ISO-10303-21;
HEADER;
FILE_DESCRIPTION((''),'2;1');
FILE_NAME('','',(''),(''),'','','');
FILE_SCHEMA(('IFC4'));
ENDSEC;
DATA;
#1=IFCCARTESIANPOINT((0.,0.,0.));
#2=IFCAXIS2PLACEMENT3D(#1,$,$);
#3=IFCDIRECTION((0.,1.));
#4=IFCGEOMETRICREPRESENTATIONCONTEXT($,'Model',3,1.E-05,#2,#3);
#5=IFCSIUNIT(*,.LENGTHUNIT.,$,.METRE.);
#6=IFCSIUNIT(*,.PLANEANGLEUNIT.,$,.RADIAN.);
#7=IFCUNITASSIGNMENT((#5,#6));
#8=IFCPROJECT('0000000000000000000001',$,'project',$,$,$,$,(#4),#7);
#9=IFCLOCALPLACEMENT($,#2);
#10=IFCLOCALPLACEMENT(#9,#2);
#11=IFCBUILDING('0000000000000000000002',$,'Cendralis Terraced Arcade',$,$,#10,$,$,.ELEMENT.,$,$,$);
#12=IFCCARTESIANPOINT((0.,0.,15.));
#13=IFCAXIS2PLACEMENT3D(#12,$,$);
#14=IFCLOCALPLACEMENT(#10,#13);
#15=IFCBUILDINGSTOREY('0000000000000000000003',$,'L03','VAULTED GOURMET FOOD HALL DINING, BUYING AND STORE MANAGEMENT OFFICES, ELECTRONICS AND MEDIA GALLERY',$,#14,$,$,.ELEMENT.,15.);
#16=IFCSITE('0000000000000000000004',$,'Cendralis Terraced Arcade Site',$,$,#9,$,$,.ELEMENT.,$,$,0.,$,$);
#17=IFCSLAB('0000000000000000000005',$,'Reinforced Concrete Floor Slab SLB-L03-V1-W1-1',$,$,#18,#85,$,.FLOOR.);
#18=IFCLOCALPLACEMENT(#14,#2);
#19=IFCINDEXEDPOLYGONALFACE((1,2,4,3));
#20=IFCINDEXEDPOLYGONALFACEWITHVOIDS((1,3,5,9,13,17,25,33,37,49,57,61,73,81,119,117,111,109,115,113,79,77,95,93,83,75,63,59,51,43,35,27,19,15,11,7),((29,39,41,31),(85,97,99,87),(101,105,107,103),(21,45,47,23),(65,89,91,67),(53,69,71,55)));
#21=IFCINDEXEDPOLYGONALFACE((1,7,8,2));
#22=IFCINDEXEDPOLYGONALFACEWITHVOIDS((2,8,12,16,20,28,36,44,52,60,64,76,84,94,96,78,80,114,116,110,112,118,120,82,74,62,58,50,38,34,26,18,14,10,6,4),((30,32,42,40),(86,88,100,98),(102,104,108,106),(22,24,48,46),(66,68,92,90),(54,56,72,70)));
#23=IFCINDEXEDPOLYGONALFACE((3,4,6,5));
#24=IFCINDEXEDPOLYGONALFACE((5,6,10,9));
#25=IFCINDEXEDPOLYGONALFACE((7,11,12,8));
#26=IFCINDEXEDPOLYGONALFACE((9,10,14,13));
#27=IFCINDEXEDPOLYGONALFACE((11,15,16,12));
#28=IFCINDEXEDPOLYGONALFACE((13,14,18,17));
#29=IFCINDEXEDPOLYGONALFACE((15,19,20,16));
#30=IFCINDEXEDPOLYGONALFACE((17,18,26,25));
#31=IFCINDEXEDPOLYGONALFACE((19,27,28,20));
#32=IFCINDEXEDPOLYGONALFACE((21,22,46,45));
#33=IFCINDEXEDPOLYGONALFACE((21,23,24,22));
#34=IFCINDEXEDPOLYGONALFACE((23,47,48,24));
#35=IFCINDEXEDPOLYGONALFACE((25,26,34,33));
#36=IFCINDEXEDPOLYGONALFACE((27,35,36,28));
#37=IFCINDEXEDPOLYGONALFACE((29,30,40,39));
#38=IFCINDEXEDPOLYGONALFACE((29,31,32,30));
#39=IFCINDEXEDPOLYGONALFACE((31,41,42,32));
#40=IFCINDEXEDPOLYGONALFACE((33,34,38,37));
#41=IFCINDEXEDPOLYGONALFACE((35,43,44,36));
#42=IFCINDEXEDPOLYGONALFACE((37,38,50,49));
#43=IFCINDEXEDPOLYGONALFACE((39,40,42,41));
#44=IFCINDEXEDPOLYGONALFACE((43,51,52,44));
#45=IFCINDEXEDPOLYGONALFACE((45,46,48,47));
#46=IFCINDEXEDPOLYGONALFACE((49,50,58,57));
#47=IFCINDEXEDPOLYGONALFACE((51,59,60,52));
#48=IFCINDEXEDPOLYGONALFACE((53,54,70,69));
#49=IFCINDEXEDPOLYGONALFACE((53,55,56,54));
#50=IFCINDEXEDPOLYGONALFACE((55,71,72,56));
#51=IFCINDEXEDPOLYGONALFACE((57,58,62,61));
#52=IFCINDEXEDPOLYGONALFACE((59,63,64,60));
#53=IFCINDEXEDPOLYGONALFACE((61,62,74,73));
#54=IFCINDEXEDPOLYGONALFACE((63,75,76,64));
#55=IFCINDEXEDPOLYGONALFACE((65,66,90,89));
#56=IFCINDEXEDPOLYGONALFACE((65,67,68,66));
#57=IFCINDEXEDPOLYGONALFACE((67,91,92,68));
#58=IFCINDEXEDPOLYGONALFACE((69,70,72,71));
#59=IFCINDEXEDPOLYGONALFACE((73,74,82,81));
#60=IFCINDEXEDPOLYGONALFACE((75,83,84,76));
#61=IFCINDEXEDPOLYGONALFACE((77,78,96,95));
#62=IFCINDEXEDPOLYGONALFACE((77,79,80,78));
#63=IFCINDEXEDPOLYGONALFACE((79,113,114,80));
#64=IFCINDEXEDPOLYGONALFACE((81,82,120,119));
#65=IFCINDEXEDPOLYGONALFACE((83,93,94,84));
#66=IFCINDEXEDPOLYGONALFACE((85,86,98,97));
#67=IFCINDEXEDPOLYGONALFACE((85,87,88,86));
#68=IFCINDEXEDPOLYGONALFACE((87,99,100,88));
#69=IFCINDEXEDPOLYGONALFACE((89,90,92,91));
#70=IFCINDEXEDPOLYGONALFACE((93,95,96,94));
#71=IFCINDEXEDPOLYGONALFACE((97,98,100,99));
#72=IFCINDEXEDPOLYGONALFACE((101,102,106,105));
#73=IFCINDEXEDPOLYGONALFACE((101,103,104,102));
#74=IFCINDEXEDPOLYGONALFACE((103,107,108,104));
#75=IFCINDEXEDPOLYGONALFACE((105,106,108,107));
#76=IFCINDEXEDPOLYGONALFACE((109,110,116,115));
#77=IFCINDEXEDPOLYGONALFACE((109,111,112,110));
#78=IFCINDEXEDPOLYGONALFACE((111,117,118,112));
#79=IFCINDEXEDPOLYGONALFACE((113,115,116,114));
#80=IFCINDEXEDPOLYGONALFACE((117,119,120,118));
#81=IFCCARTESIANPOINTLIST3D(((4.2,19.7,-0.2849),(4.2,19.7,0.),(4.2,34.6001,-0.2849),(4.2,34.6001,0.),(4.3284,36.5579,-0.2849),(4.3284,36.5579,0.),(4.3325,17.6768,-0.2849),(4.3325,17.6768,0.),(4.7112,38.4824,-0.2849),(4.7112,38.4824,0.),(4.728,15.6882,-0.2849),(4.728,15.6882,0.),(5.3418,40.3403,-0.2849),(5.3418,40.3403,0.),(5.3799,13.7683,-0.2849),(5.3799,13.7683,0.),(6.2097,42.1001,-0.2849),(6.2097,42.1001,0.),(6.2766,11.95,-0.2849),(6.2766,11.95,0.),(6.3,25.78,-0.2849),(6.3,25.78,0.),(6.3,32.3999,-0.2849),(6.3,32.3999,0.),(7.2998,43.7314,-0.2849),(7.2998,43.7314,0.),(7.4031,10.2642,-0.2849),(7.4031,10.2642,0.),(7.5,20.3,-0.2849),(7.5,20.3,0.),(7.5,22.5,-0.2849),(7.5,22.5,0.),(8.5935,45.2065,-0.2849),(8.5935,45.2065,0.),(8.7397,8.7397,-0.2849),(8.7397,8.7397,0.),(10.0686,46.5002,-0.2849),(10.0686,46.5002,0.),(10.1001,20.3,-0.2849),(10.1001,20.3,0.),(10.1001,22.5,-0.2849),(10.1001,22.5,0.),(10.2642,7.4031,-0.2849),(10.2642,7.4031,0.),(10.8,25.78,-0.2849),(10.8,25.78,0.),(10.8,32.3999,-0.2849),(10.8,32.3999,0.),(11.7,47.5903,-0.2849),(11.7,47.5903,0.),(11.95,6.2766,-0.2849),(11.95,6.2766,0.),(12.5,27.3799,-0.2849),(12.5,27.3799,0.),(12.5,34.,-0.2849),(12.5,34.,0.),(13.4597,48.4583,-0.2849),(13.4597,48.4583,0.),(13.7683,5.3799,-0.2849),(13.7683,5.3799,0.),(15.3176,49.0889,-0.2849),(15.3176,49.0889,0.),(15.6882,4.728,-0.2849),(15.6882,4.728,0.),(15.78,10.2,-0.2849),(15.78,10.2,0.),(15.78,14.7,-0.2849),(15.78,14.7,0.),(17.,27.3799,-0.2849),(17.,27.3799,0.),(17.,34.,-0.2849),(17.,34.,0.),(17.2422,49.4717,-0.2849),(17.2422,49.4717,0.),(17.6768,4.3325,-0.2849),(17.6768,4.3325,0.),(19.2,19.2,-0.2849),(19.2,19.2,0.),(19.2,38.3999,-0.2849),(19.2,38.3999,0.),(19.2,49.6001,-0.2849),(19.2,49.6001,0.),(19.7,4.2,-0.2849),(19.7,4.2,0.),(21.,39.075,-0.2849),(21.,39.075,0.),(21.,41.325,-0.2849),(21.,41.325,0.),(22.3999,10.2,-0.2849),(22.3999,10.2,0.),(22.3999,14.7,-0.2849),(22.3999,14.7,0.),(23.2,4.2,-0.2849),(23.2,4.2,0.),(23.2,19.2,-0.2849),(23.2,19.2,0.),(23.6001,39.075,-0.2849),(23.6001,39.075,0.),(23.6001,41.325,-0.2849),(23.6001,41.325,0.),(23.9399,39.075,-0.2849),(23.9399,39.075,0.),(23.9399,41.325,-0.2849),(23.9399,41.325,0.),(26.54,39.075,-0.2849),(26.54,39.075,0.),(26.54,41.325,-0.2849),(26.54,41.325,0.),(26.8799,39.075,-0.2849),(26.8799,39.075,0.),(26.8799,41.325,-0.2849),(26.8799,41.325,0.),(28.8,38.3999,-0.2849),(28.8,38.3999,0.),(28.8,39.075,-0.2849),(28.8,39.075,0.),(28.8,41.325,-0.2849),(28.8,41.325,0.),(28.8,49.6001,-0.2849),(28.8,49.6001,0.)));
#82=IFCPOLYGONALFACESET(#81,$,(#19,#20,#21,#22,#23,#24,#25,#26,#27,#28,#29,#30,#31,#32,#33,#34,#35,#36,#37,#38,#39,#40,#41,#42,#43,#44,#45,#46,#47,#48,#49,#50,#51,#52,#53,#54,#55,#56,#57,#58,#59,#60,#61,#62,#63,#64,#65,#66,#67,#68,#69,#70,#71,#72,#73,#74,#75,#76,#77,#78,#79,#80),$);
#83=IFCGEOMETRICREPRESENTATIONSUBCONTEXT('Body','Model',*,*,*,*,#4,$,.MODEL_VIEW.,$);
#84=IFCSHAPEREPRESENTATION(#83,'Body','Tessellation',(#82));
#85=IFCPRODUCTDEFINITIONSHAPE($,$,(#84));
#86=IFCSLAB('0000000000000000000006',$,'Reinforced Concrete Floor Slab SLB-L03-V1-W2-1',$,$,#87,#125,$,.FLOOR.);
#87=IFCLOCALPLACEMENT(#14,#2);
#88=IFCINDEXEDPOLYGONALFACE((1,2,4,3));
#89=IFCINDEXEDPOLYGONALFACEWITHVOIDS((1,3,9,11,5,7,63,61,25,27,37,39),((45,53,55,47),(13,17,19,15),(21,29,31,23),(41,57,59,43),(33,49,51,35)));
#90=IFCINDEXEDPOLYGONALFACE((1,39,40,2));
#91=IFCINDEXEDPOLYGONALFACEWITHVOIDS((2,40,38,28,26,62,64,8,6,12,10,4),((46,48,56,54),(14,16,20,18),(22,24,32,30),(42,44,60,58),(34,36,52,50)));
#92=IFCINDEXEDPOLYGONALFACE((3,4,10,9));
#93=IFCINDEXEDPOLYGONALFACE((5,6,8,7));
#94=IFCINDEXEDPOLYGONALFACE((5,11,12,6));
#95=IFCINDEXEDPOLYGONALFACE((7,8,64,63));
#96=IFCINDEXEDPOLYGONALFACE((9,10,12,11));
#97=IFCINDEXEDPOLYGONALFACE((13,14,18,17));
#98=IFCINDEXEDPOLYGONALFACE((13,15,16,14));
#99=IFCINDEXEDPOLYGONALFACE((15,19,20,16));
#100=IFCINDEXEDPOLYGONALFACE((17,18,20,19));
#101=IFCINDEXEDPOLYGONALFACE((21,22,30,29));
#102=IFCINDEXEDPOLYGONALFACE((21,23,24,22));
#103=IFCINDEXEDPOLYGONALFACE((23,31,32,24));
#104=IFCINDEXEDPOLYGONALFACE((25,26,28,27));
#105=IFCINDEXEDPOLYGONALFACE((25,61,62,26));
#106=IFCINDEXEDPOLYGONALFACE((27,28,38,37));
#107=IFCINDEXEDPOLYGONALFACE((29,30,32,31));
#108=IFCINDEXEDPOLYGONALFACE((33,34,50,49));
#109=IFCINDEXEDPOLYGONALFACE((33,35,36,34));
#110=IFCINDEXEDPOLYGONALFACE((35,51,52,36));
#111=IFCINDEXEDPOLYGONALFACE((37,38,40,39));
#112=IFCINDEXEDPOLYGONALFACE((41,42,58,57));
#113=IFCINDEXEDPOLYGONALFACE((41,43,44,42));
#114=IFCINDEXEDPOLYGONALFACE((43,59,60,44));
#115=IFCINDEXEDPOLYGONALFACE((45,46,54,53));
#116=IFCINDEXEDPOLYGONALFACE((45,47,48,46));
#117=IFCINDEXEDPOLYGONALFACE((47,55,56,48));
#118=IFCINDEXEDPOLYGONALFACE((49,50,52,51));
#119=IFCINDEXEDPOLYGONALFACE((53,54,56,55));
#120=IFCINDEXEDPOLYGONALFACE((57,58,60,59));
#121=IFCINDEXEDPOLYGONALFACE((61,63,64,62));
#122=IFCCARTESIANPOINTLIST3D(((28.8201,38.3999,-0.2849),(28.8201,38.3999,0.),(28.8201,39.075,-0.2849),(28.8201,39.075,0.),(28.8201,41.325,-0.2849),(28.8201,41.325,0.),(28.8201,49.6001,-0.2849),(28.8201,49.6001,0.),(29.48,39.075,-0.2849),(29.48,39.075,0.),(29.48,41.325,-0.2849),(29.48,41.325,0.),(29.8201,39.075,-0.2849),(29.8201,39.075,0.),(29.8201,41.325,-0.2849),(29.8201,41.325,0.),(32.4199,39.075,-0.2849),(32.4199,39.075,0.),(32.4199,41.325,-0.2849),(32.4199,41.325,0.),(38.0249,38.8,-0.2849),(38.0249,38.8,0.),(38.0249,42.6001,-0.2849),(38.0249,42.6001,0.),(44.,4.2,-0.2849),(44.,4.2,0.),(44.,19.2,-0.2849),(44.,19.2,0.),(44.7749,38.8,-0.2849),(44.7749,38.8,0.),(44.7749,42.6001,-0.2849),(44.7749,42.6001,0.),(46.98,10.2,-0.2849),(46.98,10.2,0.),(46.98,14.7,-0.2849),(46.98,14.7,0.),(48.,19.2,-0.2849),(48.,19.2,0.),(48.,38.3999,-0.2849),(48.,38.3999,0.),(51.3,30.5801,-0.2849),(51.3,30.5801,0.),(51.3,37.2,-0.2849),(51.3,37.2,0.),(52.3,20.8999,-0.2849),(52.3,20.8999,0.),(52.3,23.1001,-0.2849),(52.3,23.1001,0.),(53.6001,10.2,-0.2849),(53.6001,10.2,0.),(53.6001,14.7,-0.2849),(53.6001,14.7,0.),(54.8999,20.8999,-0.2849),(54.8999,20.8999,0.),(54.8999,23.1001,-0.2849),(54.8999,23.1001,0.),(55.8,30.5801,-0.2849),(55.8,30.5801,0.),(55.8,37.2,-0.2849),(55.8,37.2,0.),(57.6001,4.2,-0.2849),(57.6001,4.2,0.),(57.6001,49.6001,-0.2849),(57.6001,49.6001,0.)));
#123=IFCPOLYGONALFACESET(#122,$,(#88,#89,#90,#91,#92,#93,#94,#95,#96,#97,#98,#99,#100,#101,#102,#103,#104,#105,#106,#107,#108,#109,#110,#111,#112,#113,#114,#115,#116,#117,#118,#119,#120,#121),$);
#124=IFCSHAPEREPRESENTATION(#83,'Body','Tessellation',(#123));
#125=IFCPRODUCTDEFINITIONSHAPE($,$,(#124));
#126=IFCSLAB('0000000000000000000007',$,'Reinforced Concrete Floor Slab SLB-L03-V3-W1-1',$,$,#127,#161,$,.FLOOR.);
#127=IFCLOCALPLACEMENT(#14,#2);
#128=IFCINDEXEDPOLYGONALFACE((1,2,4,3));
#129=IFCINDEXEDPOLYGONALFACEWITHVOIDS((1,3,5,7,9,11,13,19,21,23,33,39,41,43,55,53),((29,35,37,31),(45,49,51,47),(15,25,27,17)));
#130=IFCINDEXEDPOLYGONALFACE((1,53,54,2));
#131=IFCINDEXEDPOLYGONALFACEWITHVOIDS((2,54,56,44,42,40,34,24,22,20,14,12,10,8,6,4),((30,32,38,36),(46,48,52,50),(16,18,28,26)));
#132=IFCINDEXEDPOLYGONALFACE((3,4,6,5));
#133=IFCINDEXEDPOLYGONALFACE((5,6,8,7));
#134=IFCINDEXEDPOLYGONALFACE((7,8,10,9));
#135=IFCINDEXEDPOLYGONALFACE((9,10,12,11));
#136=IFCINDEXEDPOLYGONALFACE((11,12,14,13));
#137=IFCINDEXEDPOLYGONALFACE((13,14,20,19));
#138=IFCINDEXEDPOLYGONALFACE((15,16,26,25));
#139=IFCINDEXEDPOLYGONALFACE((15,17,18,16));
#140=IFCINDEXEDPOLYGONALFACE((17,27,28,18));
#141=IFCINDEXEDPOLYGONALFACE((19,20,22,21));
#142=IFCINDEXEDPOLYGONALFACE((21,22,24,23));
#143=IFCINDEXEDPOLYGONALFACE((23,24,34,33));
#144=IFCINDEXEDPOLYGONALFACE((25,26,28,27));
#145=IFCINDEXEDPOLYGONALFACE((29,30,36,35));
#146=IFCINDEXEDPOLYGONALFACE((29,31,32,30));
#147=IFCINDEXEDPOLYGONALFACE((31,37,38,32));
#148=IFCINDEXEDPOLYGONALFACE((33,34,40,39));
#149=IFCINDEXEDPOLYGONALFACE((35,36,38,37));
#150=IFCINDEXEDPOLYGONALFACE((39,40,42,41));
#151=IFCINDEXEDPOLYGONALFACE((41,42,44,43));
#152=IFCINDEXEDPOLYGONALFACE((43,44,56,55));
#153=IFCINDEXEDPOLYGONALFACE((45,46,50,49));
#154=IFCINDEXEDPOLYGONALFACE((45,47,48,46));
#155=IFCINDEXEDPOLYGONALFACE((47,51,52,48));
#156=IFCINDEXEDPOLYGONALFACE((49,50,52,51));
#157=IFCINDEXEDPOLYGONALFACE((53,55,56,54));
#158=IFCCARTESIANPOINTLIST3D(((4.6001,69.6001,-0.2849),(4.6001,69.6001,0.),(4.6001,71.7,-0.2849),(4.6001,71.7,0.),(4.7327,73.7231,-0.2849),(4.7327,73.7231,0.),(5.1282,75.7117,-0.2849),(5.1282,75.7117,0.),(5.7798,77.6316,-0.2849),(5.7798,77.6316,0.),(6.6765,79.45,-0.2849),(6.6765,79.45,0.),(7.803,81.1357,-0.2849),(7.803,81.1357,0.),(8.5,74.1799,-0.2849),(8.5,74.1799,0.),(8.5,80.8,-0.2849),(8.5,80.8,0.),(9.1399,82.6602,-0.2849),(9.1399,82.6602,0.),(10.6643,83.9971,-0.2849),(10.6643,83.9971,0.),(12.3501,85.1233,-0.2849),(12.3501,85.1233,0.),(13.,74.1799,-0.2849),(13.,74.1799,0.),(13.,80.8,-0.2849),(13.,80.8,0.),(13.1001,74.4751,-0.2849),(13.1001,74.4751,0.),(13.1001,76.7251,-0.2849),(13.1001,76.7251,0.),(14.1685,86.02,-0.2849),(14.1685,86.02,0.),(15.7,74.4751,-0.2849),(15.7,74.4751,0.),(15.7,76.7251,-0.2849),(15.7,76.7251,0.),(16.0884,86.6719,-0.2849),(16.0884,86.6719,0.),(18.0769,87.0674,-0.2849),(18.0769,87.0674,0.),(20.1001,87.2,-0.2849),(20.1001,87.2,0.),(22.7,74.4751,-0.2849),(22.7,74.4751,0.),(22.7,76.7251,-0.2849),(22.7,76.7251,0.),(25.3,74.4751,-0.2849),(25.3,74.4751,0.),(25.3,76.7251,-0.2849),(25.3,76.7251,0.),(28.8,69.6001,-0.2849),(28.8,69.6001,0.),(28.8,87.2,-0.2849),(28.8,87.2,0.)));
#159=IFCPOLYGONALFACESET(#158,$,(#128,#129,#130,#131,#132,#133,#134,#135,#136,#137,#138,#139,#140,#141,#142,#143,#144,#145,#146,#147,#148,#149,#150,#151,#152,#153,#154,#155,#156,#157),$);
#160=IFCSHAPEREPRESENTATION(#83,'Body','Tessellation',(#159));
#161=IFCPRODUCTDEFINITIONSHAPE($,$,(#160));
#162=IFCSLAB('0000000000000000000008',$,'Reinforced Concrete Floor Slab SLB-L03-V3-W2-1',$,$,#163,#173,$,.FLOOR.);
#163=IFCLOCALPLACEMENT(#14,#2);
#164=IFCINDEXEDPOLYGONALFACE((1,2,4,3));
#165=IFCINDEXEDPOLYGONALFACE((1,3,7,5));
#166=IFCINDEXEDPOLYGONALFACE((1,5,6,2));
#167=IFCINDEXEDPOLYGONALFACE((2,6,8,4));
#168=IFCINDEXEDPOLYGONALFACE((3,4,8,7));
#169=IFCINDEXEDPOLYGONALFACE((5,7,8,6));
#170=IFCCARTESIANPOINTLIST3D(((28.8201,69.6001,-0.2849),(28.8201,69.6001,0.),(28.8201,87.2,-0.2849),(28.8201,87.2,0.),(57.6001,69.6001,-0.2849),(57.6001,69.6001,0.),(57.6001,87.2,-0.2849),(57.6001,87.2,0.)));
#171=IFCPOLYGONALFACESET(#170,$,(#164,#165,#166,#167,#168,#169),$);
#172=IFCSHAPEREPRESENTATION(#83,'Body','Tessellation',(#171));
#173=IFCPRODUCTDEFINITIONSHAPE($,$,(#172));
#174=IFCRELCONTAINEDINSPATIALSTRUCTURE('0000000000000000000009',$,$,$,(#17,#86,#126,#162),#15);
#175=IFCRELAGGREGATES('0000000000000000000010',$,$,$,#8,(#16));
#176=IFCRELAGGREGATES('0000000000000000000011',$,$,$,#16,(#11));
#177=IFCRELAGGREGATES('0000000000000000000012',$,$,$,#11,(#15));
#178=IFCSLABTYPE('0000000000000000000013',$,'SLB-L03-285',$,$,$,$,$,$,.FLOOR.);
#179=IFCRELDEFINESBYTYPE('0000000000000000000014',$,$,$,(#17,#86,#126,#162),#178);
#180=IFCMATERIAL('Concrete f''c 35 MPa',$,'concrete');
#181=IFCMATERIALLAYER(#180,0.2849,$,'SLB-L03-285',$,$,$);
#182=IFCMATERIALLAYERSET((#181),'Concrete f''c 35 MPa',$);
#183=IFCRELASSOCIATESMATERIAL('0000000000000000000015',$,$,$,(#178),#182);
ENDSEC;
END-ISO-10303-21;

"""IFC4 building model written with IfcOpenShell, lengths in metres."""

from ifc_helpers import new_model, si_unit, direction, frame, origin, place, context, subcontext, project, spatial, polyline, outline, extrude, material, layer, layer_set, type_object, element, save


model = new_model("IFC4")

# Units and contexts
model_context = context("Model", 3, precision=1e-05, world=origin(), true_north=direction((0.0, 1.0)))
body_context = subcontext(model_context, "Body", "Model", "MODEL_VIEW")
ifc_project = project(units=[si_unit("LENGTHUNIT", "METRE"), si_unit("PLANEANGLEUNIT", "RADIAN")], contexts=[model_context])

# Site, building, storey
site_placement = place(None, origin())
site = spatial("IfcSite", under=ifc_project, at=site_placement, Name="Cendralis Terraced Arcade Site", CompositionType="ELEMENT", RefElevation=0.0)
building_placement = place(site_placement, origin())
building = spatial("IfcBuilding", under=site, at=building_placement, Name="Cendralis Terraced Arcade", CompositionType="ELEMENT")
storey_placement = place(building_placement, frame((0.0, 0.0, 15.0)))
storey = spatial("IfcBuildingStorey", under=building, at=storey_placement, Name="L03", Description="VAULTED GOURMET FOOD HALL DINING, BUYING AND STORE MANAGEMENT OFFICES, ELECTRONICS AND MEDIA GALLERY", CompositionType="ELEMENT", Elevation=15.0)

# Slabs
ifc_material_1 = material(Name="Concrete f'c 35 MPa", Category="concrete")
ifc_layer_1 = layer(ifc_material_1, 0.2849, Name="SLB-L03-285")
ifc_layer_set_1 = layer_set([ifc_layer_1], Name="Concrete f'c 35 MPa")
slab_type_1 = type_object("IfcSlabType", Name="SLB-L03-285", PredefinedType="FLOOR", material=ifc_layer_set_1)
slab_1_placement = place(storey_placement, frame((0.0, 0.0, -0.2849)))
element("IfcSlab", 1, at=slab_1_placement, inside=storey, type_object=slab_type_1, Name="Reinforced Concrete Floor Slab SLB-L03-V1-W1-1", PredefinedType="FLOOR", context=body_context, shape_type="SweptSolid", body=[
    extrude(outline(polyline([(4.3284, 36.5579), (4.7112, 38.4824), (5.3418, 40.3403), (6.2097, 42.1001), (7.2998, 43.7314), (8.5935, 45.2065), (10.0686, 46.5002), (11.7, 47.5903), (13.4597, 48.4583), (15.3176, 49.0889), (17.2422, 49.4717), (19.2, 49.6001), (28.8, 49.6001), (28.8, 41.325), (26.8799, 41.325), (26.8799, 39.075), (28.8, 39.075), (28.8, 38.3999), (19.2, 38.3999), (19.2, 19.2), (23.2, 19.2), (23.2, 4.2), (19.7, 4.2), (17.6768, 4.3325), (15.6882, 4.728), (13.7683, 5.3799), (11.95, 6.2766), (10.2642, 7.4031), (8.7397, 8.7397), (7.4031, 10.2642), (6.2766, 11.95), (5.3799, 13.7683), (4.728, 15.6882), (4.3325, 17.6768), (4.2, 19.7), (4.2, 34.6001), (4.3284, 36.5579)]), holes=[polyline([(22.3999, 14.7), (15.78, 14.7), (15.78, 10.2), (22.3999, 10.2), (22.3999, 14.7)]), polyline([(10.1001, 20.3), (10.1001, 22.5), (7.5, 22.5), (7.5, 20.3), (10.1001, 20.3)]), polyline([(10.8, 32.3999), (6.3, 32.3999), (6.3, 25.78), (10.8, 25.78), (10.8, 32.3999)]), polyline([(17.0, 27.3799), (17.0, 34.0), (12.5, 34.0), (12.5, 27.3799), (17.0, 27.3799)]), polyline([(23.6001, 39.075), (23.6001, 41.325), (21.0, 41.325), (21.0, 39.075), (23.6001, 39.075)]), polyline([(26.54, 41.325), (23.9399, 41.325), (23.9399, 39.075), (26.54, 39.075), (26.54, 41.325)])]), origin(), (0.0, 0.0, 1.0), 0.2849),
])
slab_2_placement = place(storey_placement, frame((0.0, 0.0, -0.2849)))
element("IfcSlab", 2, at=slab_2_placement, inside=storey, type_object=slab_type_1, Name="Reinforced Concrete Floor Slab SLB-L03-V1-W2-1", PredefinedType="FLOOR", context=body_context, shape_type="SweptSolid", body=[
    extrude(outline(polyline([(44.0, 4.2), (44.0, 19.2), (48.0, 19.2), (48.0, 38.3999), (28.8201, 38.3999), (28.8201, 39.075), (29.48, 39.075), (29.48, 41.325), (28.8201, 41.325), (28.8201, 49.6001), (57.6001, 49.6001), (57.6001, 4.2), (44.0, 4.2)]), holes=[polyline([(32.4199, 41.325), (29.8201, 41.325), (29.8201, 39.075), (32.4199, 39.075), (32.4199, 41.325)]), polyline([(38.0249, 42.6001), (38.0249, 38.8), (44.7749, 38.8), (44.7749, 42.6001), (38.0249, 42.6001)]), polyline([(53.6001, 14.7), (46.98, 14.7), (46.98, 10.2), (53.6001, 10.2), (53.6001, 14.7)]), polyline([(54.8999, 23.1001), (52.3, 23.1001), (52.3, 20.8999), (54.8999, 20.8999), (54.8999, 23.1001)]), polyline([(55.8, 37.2), (51.3, 37.2), (51.3, 30.5801), (55.8, 30.5801), (55.8, 37.2)])]), origin(), (0.0, 0.0, 1.0), 0.2849),
])
slab_3_placement = place(storey_placement, frame((0.0, 0.0, -0.2849)))
element("IfcSlab", 3, at=slab_3_placement, inside=storey, type_object=slab_type_1, Name="Reinforced Concrete Floor Slab SLB-L03-V3-W1-1", PredefinedType="FLOOR", context=body_context, shape_type="SweptSolid", body=[
    extrude(outline(polyline([(5.1282, 75.7117), (5.7798, 77.6316), (6.6765, 79.45), (7.803, 81.1357), (9.1399, 82.6602), (10.6643, 83.9971), (12.3501, 85.1233), (14.1685, 86.02), (16.0884, 86.6719), (18.0769, 87.0674), (20.1001, 87.2), (28.8, 87.2), (28.8, 69.6001), (4.6001, 69.6001), (4.6001, 71.7), (4.7327, 73.7231), (5.1282, 75.7117)]), holes=[polyline([(15.7, 76.7251), (13.1001, 76.7251), (13.1001, 74.4751), (15.7, 74.4751), (15.7, 76.7251)]), polyline([(25.3, 76.7251), (22.7, 76.7251), (22.7, 74.4751), (25.3, 74.4751), (25.3, 76.7251)]), polyline([(8.5, 80.8), (8.5, 74.1799), (13.0, 74.1799), (13.0, 80.8), (8.5, 80.8)])]), origin(), (0.0, 0.0, 1.0), 0.2849),
])
slab_4_placement = place(storey_placement, frame((0.0, 0.0, -0.2849)))
element("IfcSlab", 4, at=slab_4_placement, inside=storey, type_object=slab_type_1, Name="Reinforced Concrete Floor Slab SLB-L03-V3-W2-1", PredefinedType="FLOOR", context=body_context, shape_type="SweptSolid", body=[
    extrude(outline(polyline([(28.8201, 69.6001), (28.8201, 87.2), (57.6001, 87.2), (57.6001, 69.6001), (28.8201, 69.6001)])), origin(), (0.0, 0.0, 1.0), 0.2849),
])

save(model, "model.ifc")
